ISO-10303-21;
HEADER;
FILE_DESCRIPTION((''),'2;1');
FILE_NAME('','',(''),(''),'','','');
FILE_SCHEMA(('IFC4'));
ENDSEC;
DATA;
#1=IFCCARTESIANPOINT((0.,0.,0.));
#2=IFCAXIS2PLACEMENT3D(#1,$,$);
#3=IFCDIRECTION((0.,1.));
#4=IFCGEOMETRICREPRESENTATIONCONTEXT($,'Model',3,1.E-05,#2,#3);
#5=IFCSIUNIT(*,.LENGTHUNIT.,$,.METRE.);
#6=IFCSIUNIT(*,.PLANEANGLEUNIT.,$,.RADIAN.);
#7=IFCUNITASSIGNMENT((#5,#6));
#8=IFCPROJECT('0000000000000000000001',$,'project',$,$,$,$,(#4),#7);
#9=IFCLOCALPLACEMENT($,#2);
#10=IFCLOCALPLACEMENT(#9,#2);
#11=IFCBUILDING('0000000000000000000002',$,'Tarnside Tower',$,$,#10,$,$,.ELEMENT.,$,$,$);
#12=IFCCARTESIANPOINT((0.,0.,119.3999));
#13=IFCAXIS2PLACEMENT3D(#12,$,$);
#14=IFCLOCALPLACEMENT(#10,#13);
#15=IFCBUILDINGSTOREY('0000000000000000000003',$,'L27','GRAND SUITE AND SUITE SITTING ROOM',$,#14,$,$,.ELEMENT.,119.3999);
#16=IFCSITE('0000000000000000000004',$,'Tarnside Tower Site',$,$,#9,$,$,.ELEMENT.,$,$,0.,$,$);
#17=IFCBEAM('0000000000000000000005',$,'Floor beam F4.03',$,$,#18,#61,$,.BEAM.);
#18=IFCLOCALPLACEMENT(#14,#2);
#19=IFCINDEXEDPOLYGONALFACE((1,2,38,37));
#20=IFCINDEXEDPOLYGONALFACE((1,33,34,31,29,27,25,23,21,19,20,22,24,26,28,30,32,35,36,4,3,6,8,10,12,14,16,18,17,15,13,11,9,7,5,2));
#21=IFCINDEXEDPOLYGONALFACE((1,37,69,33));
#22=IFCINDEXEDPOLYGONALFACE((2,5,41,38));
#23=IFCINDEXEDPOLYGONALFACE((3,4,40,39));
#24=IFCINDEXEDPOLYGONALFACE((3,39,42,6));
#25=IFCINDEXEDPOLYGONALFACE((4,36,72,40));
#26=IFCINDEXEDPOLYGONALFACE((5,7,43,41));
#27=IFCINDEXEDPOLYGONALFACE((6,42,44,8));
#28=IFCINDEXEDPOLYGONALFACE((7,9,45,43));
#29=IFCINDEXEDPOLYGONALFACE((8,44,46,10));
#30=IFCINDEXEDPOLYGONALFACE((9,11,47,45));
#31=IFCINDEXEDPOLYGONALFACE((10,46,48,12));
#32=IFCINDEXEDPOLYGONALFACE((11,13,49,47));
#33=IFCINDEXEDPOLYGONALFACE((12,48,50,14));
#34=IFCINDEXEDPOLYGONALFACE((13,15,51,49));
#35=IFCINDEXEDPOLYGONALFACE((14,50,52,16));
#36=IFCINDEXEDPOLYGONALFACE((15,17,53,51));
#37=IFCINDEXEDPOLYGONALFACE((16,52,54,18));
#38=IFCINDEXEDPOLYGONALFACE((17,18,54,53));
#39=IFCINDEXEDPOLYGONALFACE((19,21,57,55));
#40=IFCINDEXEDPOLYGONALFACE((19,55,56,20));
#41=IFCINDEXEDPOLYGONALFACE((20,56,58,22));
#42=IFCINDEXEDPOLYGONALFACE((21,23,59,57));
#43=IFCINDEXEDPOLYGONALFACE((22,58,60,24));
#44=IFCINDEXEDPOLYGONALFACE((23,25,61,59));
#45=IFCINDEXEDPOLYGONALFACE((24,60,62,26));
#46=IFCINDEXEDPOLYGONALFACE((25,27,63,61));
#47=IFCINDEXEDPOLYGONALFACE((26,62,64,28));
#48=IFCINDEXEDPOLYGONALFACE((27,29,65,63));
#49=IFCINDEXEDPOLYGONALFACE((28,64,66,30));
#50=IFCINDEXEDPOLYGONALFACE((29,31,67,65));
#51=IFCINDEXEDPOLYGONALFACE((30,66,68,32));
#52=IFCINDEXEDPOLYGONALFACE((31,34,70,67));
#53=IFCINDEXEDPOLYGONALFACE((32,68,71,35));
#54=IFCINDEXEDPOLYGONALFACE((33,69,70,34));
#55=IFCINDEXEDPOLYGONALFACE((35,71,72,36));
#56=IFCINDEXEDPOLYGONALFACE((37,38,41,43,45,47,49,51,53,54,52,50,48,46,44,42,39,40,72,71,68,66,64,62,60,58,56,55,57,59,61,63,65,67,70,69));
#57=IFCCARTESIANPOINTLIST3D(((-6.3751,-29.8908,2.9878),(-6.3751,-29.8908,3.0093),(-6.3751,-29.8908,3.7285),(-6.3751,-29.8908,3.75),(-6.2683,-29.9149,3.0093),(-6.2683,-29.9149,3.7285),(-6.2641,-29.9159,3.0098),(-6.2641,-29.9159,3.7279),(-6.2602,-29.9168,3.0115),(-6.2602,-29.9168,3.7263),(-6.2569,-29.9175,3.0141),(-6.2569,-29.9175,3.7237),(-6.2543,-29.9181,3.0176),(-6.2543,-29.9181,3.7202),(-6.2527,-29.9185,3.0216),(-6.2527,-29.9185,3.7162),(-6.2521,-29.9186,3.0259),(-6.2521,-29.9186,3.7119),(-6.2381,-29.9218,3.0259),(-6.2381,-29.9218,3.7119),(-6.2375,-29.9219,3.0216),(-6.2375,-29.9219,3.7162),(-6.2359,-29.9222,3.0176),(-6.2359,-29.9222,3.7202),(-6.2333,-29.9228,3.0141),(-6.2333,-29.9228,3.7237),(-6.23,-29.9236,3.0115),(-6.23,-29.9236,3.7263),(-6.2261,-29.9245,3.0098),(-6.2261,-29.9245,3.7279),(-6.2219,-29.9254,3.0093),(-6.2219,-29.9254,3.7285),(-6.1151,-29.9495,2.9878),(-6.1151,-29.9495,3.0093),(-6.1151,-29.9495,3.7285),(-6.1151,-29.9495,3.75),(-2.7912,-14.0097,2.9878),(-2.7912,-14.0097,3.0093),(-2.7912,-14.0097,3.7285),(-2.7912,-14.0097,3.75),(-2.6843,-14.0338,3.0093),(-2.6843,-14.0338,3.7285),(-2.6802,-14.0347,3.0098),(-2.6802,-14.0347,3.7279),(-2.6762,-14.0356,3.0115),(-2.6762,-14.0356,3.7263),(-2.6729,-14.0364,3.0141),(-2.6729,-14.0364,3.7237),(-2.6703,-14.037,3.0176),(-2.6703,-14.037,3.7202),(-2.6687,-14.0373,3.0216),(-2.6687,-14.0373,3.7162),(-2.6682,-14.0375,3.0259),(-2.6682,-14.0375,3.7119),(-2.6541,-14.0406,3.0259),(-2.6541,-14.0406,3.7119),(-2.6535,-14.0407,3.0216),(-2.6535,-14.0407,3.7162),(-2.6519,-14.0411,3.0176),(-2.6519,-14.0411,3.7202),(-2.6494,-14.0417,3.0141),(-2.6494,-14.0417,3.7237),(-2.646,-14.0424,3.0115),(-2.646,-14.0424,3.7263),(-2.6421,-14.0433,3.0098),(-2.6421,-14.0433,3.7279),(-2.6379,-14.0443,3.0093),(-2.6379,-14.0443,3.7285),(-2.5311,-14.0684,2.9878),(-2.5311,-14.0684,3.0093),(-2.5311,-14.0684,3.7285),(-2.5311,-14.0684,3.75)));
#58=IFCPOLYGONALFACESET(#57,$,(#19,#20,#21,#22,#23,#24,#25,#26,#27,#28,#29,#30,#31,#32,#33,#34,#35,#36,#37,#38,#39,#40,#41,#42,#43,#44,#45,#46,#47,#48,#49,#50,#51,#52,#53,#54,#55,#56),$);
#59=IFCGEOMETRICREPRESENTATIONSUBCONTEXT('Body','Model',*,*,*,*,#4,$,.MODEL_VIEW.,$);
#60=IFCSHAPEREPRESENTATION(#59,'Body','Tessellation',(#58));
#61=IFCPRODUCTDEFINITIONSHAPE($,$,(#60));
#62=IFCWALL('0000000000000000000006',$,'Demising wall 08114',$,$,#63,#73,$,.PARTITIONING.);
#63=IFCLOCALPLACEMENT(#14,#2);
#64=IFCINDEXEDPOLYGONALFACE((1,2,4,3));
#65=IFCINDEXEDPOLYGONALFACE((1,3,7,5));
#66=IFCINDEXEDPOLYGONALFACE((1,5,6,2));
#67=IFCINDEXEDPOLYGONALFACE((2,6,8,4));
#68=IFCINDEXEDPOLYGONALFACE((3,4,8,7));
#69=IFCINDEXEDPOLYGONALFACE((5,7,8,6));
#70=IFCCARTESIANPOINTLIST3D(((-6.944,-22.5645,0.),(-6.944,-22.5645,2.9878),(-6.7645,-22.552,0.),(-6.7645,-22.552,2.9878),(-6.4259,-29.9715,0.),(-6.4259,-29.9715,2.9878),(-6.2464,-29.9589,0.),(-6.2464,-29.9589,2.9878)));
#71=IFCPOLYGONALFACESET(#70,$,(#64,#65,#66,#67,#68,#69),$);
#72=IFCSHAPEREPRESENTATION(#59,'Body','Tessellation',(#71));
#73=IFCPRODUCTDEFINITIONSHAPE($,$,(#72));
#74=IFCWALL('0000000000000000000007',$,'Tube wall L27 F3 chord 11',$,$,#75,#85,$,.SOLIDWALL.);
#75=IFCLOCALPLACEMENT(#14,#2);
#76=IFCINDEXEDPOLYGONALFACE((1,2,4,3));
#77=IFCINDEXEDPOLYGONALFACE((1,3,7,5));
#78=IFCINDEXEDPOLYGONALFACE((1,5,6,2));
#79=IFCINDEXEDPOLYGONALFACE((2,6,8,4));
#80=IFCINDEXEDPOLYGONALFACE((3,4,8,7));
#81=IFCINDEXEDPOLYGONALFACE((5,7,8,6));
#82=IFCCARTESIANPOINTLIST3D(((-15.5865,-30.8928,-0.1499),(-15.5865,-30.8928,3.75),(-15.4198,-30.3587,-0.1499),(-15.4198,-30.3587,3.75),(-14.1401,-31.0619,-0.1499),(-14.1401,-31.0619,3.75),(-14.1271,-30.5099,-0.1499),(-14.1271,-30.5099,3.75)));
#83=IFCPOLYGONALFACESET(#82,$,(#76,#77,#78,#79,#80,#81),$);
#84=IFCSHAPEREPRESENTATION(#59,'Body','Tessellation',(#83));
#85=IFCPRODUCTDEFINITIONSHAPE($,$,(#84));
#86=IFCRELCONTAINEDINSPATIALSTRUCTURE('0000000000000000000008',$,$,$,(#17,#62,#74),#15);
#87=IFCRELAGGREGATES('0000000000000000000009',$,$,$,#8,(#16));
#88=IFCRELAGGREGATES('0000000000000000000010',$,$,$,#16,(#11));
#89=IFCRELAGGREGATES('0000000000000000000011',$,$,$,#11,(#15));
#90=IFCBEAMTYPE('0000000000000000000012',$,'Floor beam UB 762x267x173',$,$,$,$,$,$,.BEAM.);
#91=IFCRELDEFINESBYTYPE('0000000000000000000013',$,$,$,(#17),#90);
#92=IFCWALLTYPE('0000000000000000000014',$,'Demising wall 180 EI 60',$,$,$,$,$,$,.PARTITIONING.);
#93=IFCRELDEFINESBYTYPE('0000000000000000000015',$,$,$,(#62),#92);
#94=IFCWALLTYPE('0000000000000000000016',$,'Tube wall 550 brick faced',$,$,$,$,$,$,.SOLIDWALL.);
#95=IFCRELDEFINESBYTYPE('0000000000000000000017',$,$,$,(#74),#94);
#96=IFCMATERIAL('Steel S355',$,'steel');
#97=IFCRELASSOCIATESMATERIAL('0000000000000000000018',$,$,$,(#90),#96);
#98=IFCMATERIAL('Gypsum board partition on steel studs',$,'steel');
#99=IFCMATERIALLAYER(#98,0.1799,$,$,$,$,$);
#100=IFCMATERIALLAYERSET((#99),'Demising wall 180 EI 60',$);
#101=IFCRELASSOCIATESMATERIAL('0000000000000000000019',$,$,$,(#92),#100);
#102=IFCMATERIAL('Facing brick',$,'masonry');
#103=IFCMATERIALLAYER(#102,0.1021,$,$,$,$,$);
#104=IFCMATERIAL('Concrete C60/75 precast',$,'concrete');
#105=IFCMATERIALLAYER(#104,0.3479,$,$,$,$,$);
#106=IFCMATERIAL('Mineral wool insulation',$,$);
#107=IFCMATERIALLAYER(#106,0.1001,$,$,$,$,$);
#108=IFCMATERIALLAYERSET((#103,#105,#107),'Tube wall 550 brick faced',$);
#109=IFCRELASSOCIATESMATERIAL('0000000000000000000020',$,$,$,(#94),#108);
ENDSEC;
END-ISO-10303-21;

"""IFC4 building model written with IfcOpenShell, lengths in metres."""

from ifc_helpers import new_model, si_unit, direction, frame, frame_2d, origin, origin_2d, place, context, subcontext, project, spatial, polyline, rectangle, i_section, outline, extrude, material, layer, layer_set, material_profile, profile_set, type_object, element, save


model = new_model("IFC4")

# Units and contexts
model_context = context("Model", 3, precision=1e-05, world=origin(), true_north=direction((0.0, 1.0)))
body_context = subcontext(model_context, "Body", "Model", "MODEL_VIEW")
ifc_project = project(units=[si_unit("LENGTHUNIT", "METRE"), si_unit("PLANEANGLEUNIT", "RADIAN")], contexts=[model_context])

# Site, building, storey
site_placement = place(None, origin())
site = spatial("IfcSite", under=ifc_project, at=site_placement, Name="Tarnside Tower Site", CompositionType="ELEMENT", RefElevation=0.0)
building_placement = place(site_placement, origin())
building = spatial("IfcBuilding", under=site, at=building_placement, Name="Tarnside Tower", CompositionType="ELEMENT")
storey_placement = place(building_placement, frame((0.0, 0.0, 119.3999)))
storey = spatial("IfcBuildingStorey", under=building, at=storey_placement, Name="L27", Description="GRAND SUITE AND SUITE SITTING ROOM", CompositionType="ELEMENT", Elevation=119.3999)

# Beam
ifc_material_1 = material(Name="Steel S355", Category="steel")
ifc_material_profile_1 = material_profile(ifc_material_1, i_section(OverallWidth=0.2666, OverallDepth=0.7622, WebThickness=0.0144, FlangeThickness=0.0215, FilletRadius=0.0166, at=origin_2d()), Name="UB 762x267x173")
ifc_profile_set_1 = profile_set([ifc_material_profile_1], Name="Steel S355")
beam_type_1 = type_object("IfcBeamType", Name="Floor beam UB 762x267x173", PredefinedType="BEAM", material=ifc_profile_set_1)
beam_1_placement = place(storey_placement, frame((-6.2451, -29.9202, 3.3689), z_axis=(0.22014, 0.975468, 0.0), x_axis=(-0.975468, 0.22014, 0.0)))
element("IfcBeam", 1, at=beam_1_placement, inside=storey, type_object=beam_type_1, Name="Floor beam F4.03", PredefinedType="BEAM", context=body_context, shape_type="SweptSolid", body=[
    extrude(i_section(OverallWidth=0.2666, OverallDepth=0.7622, WebThickness=0.0144, FlangeThickness=0.0215, FilletRadius=0.0166, at=origin_2d()), origin(), (0.0, 0.0, 1.0), 16.2805),
])

# Walls
ifc_material_2 = material(Name="Gypsum board partition on steel studs", Category="steel")
ifc_layer_1 = layer(ifc_material_2, 0.1799)
ifc_layer_set_1 = layer_set([ifc_layer_1], Name="Demising wall 180 EI 60")
wall_type_1 = type_object("IfcWallType", Name="Demising wall 180 EI 60", PredefinedType="PARTITIONING", material=ifc_layer_set_1)
wall_1_placement = place(storey_placement, frame((-6.3362, -29.9651, 0.0), z_axis=(0.0, 0.0, 1.0), x_axis=(-0.069773, 0.997563, 0.0)))
element("IfcWall", 2, at=wall_1_placement, inside=storey, type_object=wall_type_1, Name="Demising wall 08114", PredefinedType="PARTITIONING", context=body_context, shape_type="SweptSolid", body=[
    extrude(rectangle(XDim=7.425, YDim=0.1799, at=frame_2d((3.7124, 0.0))), origin(), (0.0, 0.0, 1.0), 2.9878),
])
ifc_material_3 = material(Name="Facing brick", Category="masonry")
ifc_layer_2 = layer(ifc_material_3, 0.1021)
ifc_material_4 = material(Name="Concrete C60/75 precast", Category="concrete")
ifc_layer_3 = layer(ifc_material_4, 0.3479)
ifc_material_5 = material(Name="Mineral wool insulation")
ifc_layer_4 = layer(ifc_material_5, 0.1001)
ifc_layer_set_2 = layer_set([ifc_layer_2, ifc_layer_3, ifc_layer_4], Name="Tube wall 550 brick faced")
wall_type_2 = type_object("IfcWallType", Name="Tube wall 550 brick faced", PredefinedType="SOLIDWALL", material=ifc_layer_set_2)
wall_2_placement = place(storey_placement, frame((-15.5032, -30.6257, -0.1499), z_axis=(0.0, 0.0, 1.0), x_axis=(0.993233, -0.116143, 0.0)))
element("IfcWall", 3, at=wall_2_placement, inside=storey, type_object=wall_type_2, Name="Tube wall L27 F3 chord 11", PredefinedType="SOLIDWALL", context=body_context, shape_type="SweptSolid", body=[
    extrude(outline(polyline([(-0.0518, -0.2749), (1.4045, -0.2749), (1.3533, 0.2749), (0.0518, 0.2749), (-0.0518, -0.2749)])), origin(), (0.0, 0.0, 1.0), 3.8999),
])

save(model, "model.ifc")
